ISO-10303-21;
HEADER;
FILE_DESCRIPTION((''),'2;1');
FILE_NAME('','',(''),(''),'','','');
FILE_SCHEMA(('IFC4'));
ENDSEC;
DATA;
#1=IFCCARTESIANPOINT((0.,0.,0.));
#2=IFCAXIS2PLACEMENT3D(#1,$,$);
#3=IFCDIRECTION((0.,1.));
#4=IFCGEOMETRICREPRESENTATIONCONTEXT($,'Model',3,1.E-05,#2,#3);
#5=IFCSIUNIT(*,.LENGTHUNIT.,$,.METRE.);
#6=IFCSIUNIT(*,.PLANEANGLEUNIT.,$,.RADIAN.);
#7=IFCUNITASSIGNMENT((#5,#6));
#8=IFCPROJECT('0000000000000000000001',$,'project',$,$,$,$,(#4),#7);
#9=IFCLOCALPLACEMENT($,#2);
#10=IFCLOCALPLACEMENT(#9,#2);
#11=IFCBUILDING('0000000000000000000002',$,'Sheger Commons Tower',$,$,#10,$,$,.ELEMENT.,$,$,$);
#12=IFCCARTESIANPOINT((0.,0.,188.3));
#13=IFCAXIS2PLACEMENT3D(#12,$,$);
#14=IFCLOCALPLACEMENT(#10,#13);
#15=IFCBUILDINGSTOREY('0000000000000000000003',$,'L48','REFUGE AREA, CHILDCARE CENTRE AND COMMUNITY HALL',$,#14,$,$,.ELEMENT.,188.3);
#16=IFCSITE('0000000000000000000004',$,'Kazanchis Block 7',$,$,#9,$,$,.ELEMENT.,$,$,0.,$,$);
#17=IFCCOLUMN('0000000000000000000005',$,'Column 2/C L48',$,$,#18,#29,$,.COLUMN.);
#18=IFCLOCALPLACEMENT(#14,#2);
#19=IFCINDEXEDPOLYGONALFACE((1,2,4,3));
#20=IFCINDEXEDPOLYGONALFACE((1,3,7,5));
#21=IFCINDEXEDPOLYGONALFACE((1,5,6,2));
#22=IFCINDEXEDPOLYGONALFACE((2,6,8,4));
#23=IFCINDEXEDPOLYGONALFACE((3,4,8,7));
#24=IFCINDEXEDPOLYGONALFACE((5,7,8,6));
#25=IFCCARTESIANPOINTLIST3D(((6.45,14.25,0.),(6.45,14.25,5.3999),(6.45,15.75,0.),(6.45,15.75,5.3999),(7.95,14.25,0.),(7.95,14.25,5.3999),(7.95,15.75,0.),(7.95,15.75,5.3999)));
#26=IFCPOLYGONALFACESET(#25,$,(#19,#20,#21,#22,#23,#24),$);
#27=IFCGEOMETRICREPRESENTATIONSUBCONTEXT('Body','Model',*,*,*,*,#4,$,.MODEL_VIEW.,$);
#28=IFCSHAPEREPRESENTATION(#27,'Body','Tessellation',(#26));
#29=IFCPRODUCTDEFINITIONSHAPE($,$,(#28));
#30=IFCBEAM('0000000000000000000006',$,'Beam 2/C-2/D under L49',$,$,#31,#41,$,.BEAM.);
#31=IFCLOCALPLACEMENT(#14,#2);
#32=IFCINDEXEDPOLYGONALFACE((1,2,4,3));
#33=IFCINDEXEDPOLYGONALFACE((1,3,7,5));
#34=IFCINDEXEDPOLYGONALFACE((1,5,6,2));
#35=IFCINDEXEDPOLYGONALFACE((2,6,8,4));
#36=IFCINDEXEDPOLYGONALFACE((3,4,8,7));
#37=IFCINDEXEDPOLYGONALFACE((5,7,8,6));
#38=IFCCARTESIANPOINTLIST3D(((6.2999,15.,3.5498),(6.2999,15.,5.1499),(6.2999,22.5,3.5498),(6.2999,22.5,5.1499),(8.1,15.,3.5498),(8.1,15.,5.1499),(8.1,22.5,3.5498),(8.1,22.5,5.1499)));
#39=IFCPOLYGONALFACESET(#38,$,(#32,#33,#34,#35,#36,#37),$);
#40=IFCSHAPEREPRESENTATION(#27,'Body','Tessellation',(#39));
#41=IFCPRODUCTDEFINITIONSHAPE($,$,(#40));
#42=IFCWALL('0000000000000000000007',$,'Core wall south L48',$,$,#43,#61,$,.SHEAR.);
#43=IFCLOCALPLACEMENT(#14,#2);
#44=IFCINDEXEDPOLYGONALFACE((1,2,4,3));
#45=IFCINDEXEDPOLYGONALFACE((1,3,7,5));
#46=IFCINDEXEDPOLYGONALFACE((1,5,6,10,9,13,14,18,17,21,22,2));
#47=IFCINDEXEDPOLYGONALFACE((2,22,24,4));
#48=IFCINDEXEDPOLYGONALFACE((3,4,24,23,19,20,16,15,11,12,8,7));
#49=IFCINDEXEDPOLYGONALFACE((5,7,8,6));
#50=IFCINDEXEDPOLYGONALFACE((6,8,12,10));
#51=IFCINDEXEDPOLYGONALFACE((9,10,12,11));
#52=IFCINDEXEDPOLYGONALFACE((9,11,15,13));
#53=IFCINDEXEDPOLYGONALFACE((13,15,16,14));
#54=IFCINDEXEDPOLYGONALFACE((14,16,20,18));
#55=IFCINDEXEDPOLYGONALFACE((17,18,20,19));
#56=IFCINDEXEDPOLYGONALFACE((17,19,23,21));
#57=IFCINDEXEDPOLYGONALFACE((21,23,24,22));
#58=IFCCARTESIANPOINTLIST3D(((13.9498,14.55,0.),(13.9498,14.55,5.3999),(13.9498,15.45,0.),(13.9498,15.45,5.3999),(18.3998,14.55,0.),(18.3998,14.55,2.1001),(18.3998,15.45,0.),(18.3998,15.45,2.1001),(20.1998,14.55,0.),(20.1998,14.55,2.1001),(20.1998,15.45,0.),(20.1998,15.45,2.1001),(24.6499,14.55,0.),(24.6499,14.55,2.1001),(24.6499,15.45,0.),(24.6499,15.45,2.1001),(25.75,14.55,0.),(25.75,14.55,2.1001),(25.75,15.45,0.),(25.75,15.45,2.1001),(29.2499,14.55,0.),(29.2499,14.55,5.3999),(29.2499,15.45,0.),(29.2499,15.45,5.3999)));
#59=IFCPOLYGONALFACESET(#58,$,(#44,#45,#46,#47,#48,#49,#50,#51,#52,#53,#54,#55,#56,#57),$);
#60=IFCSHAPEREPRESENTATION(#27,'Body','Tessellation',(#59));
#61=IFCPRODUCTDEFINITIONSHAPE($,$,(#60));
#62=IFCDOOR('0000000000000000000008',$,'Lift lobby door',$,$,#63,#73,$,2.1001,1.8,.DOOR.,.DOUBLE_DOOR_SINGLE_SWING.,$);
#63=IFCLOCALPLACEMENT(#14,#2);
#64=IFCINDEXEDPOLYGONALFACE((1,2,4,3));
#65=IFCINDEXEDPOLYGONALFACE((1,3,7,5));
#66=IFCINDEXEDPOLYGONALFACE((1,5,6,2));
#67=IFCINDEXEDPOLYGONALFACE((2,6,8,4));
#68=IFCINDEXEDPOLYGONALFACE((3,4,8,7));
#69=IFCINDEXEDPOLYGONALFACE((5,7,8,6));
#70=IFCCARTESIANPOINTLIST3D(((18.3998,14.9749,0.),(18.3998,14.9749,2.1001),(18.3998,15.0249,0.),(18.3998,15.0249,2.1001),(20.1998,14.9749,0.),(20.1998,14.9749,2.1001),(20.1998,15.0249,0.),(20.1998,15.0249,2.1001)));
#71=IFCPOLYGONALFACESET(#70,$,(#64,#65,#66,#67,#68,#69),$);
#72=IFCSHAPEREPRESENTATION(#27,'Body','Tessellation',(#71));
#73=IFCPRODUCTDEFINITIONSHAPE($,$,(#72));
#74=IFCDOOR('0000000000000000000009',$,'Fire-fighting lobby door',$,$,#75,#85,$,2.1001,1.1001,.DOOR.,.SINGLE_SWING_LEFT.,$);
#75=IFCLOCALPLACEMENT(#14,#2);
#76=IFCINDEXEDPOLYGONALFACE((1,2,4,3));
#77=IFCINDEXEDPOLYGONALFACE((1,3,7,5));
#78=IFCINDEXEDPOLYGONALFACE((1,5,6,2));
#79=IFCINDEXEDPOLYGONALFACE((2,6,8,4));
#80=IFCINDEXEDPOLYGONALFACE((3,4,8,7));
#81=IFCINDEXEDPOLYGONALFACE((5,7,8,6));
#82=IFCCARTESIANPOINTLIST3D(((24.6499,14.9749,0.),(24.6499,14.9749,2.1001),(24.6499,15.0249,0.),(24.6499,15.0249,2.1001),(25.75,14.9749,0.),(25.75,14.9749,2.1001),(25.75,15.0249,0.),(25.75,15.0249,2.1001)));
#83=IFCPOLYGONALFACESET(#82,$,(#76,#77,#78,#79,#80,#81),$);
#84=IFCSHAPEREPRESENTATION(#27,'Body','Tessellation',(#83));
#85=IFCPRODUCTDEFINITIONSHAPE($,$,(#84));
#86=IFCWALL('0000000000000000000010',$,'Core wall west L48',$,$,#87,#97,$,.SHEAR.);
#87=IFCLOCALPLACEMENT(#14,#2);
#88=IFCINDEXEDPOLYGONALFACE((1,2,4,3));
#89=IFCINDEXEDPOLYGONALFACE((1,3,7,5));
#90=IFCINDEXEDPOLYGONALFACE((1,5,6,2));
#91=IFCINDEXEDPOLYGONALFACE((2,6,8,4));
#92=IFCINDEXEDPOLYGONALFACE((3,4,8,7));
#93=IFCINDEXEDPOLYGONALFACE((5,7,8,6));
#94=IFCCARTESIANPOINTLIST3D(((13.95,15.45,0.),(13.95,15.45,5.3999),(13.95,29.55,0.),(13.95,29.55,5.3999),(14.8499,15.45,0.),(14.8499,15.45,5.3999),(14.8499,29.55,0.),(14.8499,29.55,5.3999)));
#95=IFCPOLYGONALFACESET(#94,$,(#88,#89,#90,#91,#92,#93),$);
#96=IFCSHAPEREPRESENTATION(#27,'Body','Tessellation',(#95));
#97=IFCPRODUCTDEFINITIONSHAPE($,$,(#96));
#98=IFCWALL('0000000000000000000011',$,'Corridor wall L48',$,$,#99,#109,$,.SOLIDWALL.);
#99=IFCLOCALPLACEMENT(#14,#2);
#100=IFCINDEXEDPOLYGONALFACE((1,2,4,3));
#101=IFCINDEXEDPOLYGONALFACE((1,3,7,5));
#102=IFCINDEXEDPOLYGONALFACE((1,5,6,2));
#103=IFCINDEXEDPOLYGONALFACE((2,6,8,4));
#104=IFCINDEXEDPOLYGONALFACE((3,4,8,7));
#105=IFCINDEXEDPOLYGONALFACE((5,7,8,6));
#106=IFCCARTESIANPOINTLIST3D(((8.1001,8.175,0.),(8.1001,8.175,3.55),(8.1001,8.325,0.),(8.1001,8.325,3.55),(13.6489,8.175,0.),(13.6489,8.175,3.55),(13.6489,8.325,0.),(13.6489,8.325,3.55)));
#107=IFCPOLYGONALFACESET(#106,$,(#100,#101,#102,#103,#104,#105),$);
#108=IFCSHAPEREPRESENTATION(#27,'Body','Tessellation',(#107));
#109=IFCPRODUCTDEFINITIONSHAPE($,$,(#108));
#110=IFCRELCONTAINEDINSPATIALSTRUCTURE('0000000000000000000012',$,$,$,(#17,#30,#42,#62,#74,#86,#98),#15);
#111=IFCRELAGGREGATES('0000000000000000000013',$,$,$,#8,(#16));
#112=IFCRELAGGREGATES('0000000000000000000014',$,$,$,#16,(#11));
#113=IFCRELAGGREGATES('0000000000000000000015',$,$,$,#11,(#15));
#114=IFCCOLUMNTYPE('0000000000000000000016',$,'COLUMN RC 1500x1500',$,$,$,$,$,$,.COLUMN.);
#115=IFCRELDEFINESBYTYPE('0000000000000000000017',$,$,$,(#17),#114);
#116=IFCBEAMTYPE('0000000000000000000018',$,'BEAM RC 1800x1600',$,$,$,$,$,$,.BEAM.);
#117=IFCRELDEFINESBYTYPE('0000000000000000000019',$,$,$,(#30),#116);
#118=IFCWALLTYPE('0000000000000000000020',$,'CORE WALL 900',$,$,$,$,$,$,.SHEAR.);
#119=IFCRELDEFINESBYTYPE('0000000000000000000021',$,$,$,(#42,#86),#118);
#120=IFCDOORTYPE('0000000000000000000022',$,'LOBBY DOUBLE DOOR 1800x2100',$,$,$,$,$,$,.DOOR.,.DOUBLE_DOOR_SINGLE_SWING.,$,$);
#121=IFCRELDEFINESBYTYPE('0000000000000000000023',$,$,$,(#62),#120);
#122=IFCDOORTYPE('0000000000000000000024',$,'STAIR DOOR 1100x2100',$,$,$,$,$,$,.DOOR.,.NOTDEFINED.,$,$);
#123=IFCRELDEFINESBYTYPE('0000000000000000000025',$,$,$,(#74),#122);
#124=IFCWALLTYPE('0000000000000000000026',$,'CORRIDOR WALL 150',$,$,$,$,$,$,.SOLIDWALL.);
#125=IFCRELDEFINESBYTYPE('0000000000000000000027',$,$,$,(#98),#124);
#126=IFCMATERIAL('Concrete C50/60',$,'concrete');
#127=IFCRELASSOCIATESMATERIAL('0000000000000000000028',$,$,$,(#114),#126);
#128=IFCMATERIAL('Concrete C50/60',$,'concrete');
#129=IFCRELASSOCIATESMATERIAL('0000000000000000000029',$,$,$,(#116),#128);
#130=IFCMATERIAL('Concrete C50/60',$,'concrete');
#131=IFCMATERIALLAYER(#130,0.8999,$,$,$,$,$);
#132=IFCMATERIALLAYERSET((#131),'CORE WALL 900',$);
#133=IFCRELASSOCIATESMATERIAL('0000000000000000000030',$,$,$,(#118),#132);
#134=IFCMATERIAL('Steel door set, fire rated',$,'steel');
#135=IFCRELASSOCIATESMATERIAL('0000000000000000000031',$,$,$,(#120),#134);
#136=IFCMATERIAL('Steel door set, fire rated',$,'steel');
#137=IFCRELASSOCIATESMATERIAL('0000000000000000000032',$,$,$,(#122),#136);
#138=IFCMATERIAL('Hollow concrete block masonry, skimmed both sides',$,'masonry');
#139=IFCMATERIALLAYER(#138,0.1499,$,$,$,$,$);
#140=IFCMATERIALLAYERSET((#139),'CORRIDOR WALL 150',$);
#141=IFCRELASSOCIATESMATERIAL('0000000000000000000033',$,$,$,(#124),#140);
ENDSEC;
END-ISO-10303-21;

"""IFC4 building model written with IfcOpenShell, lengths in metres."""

from ifc_helpers import new_model, si_unit, direction, frame, frame_2d, origin, origin_2d, place, context, subcontext, project, spatial, rectangle, extrude, material, layer, layer_set, material_profile, profile_set, type_object, element, fill, save


model = new_model("IFC4")

# Units and contexts
model_context = context("Model", 3, precision=1e-05, world=origin(), true_north=direction((0.0, 1.0)))
body_context = subcontext(model_context, "Body", "Model", "MODEL_VIEW")
ifc_project = project(units=[si_unit("LENGTHUNIT", "METRE"), si_unit("PLANEANGLEUNIT", "RADIAN")], contexts=[model_context])

# Site, building, storey
site_placement = place(None, origin())
site = spatial("IfcSite", under=ifc_project, at=site_placement, Name="Kazanchis Block 7", CompositionType="ELEMENT", RefElevation=0.0)
building_placement = place(site_placement, origin())
building = spatial("IfcBuilding", under=site, at=building_placement, Name="Sheger Commons Tower", CompositionType="ELEMENT")
storey_placement = place(building_placement, frame((0.0, 0.0, 188.3)))
storey = spatial("IfcBuildingStorey", under=building, at=storey_placement, Name="L48", Description="REFUGE AREA, CHILDCARE CENTRE AND COMMUNITY HALL", CompositionType="ELEMENT", Elevation=188.3)

# Column
ifc_material_1 = material(Name="Concrete C50/60", Category="concrete")
ifc_material_profile_1 = material_profile(ifc_material_1, rectangle(XDim=1.5, YDim=1.5, at=origin_2d()), Name="RC 1500x1500")
ifc_profile_set_1 = profile_set([ifc_material_profile_1], Name="Concrete C50/60")
column_type = type_object("IfcColumnType", Name="COLUMN RC 1500x1500", PredefinedType="COLUMN", material=ifc_profile_set_1)
column_placement = place(storey_placement, frame((7.2, 15.0, 0.0), z_axis=(0.0, 0.0, 1.0), x_axis=(1.0, 0.0, 0.0)))
element("IfcColumn", 1, at=column_placement, inside=storey, type_object=column_type, Name="Column 2/C L48", PredefinedType="COLUMN", context=body_context, shape_type="SweptSolid", body=[
    extrude(rectangle(XDim=1.5, YDim=1.5, at=origin_2d()), origin(), (0.0, 0.0, 1.0), 5.3999),
])

# Beam
ifc_material_2 = material(Name="Concrete C50/60", Category="concrete")
ifc_material_profile_2 = material_profile(ifc_material_2, rectangle(XDim=1.8, YDim=1.6001, at=origin_2d()), Name="RC 1800x1600")
ifc_profile_set_2 = profile_set([ifc_material_profile_2], Name="Concrete C50/60")
beam_type = type_object("IfcBeamType", Name="BEAM RC 1800x1600", PredefinedType="BEAM", material=ifc_profile_set_2)
beam_placement = place(storey_placement, frame((7.2, 15.0, 4.3499), z_axis=(0.0, 1.0, 0.0), x_axis=(-1.0, 0.0, 0.0)))
element("IfcBeam", 2, at=beam_placement, inside=storey, type_object=beam_type, Name="Beam 2/C-2/D under L49", PredefinedType="BEAM", context=body_context, shape_type="SweptSolid", body=[
    extrude(rectangle(XDim=1.8, YDim=1.6001, at=origin_2d()), origin(), (0.0, 0.0, 1.0), 7.5),
])

# Wall, openings, doors
ifc_material_3 = material(Name="Concrete C50/60", Category="concrete")
ifc_layer_1 = layer(ifc_material_3, 0.8999)
ifc_layer_set_1 = layer_set([ifc_layer_1], Name="CORE WALL 900")
wall_type_1 = type_object("IfcWallType", Name="CORE WALL 900", PredefinedType="SHEAR", material=ifc_layer_set_1)
wall_1_placement = place(storey_placement, frame((13.95, 15.0, 0.0), z_axis=(0.0, 0.0, 1.0), x_axis=(1.0, 0.0, 0.0)))
wall_1 = element("IfcWall", 3, at=wall_1_placement, inside=storey, type_object=wall_type_1, Name="Core wall south L48", PredefinedType="SHEAR", context=body_context, shape_type="SweptSolid", body=[
    extrude(rectangle(XDim=15.3, YDim=0.8999, at=frame_2d((7.6499, 0.0))), origin(), (0.0, 0.0, 1.0), 5.3999),
])
opening_1_placement = place(wall_1_placement, frame((4.45, 0.0, 0.0)))
opening_1 = element("IfcOpeningElement", 4, at=opening_1_placement, cuts=wall_1, PredefinedType="OPENING", context=body_context, shape_type="SweptSolid", body=[
    extrude(rectangle(XDim=1.8, YDim=2.1001, at=frame_2d((0.8999, 1.05))), frame((0.0, 0.46, 0.0), z_axis=(0.0, -1.0, 0.0), x_axis=(1.0, 0.0, 0.0)), (0.0, 0.0, 1.0), 0.9199),
])
opening_2_placement = place(wall_1_placement, frame((10.7, 0.0, 0.0)))
opening_2 = element("IfcOpeningElement", 5, at=opening_2_placement, cuts=wall_1, PredefinedType="OPENING", context=body_context, shape_type="SweptSolid", body=[
    extrude(rectangle(XDim=1.1001, YDim=2.1001, at=frame_2d((0.55, 1.05))), frame((0.0, 0.46, 0.0), z_axis=(0.0, -1.0, 0.0), x_axis=(1.0, 0.0, 0.0)), (0.0, 0.0, 1.0), 0.9199),
])
ifc_material_4 = material(Name="Steel door set, fire rated", Category="steel")
door_type_1 = type_object("IfcDoorType", Name="LOBBY DOUBLE DOOR 1800x2100", OperationType="DOUBLE_DOOR_SINGLE_SWING", PredefinedType="DOOR", material=ifc_material_4)
door_1_placement = place(opening_1_placement, origin())
door_1 = element("IfcDoor", 6, at=door_1_placement, inside=storey, type_object=door_type_1, Name="Lift lobby door", OperationType="DOUBLE_DOOR_SINGLE_SWING", OverallHeight=2.1001, OverallWidth=1.8, PredefinedType="DOOR", context=body_context, shape_type="SweptSolid", body=[
    extrude(rectangle(XDim=1.8, YDim=2.1001, at=frame_2d((0.8999, 1.05))), frame((0.0, 0.0249, 0.0), z_axis=(0.0, -1.0, 0.0), x_axis=(1.0, 0.0, 0.0)), (0.0, 0.0, 1.0), 0.05),
])
fill(opening_1, door_1)
ifc_material_5 = material(Name="Steel door set, fire rated", Category="steel")
door_type_2 = type_object("IfcDoorType", Name="STAIR DOOR 1100x2100", OperationType="NOTDEFINED", PredefinedType="DOOR", material=ifc_material_5)
door_2_placement = place(opening_2_placement, origin())
door_2 = element("IfcDoor", 7, at=door_2_placement, inside=storey, type_object=door_type_2, Name="Fire-fighting lobby door", OperationType="SINGLE_SWING_LEFT", OverallHeight=2.1001, OverallWidth=1.1001, PredefinedType="DOOR", context=body_context, shape_type="SweptSolid", body=[
    extrude(rectangle(XDim=1.1001, YDim=2.1001, at=frame_2d((0.55, 1.05))), frame((0.0, 0.0249, 0.0), z_axis=(0.0, -1.0, 0.0), x_axis=(1.0, 0.0, 0.0)), (0.0, 0.0, 1.0), 0.05),
])
fill(opening_2, door_2)

# Walls
wall_2_placement = place(storey_placement, frame((14.3999, 15.45, 0.0), z_axis=(0.0, 0.0, 1.0), x_axis=(0.0, 1.0, 0.0)))
element("IfcWall", 8, at=wall_2_placement, inside=storey, type_object=wall_type_1, Name="Core wall west L48", PredefinedType="SHEAR", context=body_context, shape_type="SweptSolid", body=[
    extrude(rectangle(XDim=14.1001, YDim=0.8999, at=frame_2d((7.05, 0.0))), origin(), (0.0, 0.0, 1.0), 5.3999),
])
ifc_material_6 = material(Name="Hollow concrete block masonry, skimmed both sides", Category="masonry")
ifc_layer_2 = layer(ifc_material_6, 0.1499)
ifc_layer_set_2 = layer_set([ifc_layer_2], Name="CORRIDOR WALL 150")
wall_type_2 = type_object("IfcWallType", Name="CORRIDOR WALL 150", PredefinedType="SOLIDWALL", material=ifc_layer_set_2)
wall_3_placement = place(storey_placement, frame((13.6489, 8.25, 0.0), z_axis=(0.0, 0.0, 1.0), x_axis=(-1.0, 0.0, 0.0)))
element("IfcWall", 9, at=wall_3_placement, inside=storey, type_object=wall_type_2, Name="Corridor wall L48", PredefinedType="SOLIDWALL", context=body_context, shape_type="SweptSolid", body=[
    extrude(rectangle(XDim=5.5488, YDim=0.1499, at=frame_2d((2.7744, 0.0))), origin(), (0.0, 0.0, 1.0), 3.55),
])

save(model, "model.ifc")
